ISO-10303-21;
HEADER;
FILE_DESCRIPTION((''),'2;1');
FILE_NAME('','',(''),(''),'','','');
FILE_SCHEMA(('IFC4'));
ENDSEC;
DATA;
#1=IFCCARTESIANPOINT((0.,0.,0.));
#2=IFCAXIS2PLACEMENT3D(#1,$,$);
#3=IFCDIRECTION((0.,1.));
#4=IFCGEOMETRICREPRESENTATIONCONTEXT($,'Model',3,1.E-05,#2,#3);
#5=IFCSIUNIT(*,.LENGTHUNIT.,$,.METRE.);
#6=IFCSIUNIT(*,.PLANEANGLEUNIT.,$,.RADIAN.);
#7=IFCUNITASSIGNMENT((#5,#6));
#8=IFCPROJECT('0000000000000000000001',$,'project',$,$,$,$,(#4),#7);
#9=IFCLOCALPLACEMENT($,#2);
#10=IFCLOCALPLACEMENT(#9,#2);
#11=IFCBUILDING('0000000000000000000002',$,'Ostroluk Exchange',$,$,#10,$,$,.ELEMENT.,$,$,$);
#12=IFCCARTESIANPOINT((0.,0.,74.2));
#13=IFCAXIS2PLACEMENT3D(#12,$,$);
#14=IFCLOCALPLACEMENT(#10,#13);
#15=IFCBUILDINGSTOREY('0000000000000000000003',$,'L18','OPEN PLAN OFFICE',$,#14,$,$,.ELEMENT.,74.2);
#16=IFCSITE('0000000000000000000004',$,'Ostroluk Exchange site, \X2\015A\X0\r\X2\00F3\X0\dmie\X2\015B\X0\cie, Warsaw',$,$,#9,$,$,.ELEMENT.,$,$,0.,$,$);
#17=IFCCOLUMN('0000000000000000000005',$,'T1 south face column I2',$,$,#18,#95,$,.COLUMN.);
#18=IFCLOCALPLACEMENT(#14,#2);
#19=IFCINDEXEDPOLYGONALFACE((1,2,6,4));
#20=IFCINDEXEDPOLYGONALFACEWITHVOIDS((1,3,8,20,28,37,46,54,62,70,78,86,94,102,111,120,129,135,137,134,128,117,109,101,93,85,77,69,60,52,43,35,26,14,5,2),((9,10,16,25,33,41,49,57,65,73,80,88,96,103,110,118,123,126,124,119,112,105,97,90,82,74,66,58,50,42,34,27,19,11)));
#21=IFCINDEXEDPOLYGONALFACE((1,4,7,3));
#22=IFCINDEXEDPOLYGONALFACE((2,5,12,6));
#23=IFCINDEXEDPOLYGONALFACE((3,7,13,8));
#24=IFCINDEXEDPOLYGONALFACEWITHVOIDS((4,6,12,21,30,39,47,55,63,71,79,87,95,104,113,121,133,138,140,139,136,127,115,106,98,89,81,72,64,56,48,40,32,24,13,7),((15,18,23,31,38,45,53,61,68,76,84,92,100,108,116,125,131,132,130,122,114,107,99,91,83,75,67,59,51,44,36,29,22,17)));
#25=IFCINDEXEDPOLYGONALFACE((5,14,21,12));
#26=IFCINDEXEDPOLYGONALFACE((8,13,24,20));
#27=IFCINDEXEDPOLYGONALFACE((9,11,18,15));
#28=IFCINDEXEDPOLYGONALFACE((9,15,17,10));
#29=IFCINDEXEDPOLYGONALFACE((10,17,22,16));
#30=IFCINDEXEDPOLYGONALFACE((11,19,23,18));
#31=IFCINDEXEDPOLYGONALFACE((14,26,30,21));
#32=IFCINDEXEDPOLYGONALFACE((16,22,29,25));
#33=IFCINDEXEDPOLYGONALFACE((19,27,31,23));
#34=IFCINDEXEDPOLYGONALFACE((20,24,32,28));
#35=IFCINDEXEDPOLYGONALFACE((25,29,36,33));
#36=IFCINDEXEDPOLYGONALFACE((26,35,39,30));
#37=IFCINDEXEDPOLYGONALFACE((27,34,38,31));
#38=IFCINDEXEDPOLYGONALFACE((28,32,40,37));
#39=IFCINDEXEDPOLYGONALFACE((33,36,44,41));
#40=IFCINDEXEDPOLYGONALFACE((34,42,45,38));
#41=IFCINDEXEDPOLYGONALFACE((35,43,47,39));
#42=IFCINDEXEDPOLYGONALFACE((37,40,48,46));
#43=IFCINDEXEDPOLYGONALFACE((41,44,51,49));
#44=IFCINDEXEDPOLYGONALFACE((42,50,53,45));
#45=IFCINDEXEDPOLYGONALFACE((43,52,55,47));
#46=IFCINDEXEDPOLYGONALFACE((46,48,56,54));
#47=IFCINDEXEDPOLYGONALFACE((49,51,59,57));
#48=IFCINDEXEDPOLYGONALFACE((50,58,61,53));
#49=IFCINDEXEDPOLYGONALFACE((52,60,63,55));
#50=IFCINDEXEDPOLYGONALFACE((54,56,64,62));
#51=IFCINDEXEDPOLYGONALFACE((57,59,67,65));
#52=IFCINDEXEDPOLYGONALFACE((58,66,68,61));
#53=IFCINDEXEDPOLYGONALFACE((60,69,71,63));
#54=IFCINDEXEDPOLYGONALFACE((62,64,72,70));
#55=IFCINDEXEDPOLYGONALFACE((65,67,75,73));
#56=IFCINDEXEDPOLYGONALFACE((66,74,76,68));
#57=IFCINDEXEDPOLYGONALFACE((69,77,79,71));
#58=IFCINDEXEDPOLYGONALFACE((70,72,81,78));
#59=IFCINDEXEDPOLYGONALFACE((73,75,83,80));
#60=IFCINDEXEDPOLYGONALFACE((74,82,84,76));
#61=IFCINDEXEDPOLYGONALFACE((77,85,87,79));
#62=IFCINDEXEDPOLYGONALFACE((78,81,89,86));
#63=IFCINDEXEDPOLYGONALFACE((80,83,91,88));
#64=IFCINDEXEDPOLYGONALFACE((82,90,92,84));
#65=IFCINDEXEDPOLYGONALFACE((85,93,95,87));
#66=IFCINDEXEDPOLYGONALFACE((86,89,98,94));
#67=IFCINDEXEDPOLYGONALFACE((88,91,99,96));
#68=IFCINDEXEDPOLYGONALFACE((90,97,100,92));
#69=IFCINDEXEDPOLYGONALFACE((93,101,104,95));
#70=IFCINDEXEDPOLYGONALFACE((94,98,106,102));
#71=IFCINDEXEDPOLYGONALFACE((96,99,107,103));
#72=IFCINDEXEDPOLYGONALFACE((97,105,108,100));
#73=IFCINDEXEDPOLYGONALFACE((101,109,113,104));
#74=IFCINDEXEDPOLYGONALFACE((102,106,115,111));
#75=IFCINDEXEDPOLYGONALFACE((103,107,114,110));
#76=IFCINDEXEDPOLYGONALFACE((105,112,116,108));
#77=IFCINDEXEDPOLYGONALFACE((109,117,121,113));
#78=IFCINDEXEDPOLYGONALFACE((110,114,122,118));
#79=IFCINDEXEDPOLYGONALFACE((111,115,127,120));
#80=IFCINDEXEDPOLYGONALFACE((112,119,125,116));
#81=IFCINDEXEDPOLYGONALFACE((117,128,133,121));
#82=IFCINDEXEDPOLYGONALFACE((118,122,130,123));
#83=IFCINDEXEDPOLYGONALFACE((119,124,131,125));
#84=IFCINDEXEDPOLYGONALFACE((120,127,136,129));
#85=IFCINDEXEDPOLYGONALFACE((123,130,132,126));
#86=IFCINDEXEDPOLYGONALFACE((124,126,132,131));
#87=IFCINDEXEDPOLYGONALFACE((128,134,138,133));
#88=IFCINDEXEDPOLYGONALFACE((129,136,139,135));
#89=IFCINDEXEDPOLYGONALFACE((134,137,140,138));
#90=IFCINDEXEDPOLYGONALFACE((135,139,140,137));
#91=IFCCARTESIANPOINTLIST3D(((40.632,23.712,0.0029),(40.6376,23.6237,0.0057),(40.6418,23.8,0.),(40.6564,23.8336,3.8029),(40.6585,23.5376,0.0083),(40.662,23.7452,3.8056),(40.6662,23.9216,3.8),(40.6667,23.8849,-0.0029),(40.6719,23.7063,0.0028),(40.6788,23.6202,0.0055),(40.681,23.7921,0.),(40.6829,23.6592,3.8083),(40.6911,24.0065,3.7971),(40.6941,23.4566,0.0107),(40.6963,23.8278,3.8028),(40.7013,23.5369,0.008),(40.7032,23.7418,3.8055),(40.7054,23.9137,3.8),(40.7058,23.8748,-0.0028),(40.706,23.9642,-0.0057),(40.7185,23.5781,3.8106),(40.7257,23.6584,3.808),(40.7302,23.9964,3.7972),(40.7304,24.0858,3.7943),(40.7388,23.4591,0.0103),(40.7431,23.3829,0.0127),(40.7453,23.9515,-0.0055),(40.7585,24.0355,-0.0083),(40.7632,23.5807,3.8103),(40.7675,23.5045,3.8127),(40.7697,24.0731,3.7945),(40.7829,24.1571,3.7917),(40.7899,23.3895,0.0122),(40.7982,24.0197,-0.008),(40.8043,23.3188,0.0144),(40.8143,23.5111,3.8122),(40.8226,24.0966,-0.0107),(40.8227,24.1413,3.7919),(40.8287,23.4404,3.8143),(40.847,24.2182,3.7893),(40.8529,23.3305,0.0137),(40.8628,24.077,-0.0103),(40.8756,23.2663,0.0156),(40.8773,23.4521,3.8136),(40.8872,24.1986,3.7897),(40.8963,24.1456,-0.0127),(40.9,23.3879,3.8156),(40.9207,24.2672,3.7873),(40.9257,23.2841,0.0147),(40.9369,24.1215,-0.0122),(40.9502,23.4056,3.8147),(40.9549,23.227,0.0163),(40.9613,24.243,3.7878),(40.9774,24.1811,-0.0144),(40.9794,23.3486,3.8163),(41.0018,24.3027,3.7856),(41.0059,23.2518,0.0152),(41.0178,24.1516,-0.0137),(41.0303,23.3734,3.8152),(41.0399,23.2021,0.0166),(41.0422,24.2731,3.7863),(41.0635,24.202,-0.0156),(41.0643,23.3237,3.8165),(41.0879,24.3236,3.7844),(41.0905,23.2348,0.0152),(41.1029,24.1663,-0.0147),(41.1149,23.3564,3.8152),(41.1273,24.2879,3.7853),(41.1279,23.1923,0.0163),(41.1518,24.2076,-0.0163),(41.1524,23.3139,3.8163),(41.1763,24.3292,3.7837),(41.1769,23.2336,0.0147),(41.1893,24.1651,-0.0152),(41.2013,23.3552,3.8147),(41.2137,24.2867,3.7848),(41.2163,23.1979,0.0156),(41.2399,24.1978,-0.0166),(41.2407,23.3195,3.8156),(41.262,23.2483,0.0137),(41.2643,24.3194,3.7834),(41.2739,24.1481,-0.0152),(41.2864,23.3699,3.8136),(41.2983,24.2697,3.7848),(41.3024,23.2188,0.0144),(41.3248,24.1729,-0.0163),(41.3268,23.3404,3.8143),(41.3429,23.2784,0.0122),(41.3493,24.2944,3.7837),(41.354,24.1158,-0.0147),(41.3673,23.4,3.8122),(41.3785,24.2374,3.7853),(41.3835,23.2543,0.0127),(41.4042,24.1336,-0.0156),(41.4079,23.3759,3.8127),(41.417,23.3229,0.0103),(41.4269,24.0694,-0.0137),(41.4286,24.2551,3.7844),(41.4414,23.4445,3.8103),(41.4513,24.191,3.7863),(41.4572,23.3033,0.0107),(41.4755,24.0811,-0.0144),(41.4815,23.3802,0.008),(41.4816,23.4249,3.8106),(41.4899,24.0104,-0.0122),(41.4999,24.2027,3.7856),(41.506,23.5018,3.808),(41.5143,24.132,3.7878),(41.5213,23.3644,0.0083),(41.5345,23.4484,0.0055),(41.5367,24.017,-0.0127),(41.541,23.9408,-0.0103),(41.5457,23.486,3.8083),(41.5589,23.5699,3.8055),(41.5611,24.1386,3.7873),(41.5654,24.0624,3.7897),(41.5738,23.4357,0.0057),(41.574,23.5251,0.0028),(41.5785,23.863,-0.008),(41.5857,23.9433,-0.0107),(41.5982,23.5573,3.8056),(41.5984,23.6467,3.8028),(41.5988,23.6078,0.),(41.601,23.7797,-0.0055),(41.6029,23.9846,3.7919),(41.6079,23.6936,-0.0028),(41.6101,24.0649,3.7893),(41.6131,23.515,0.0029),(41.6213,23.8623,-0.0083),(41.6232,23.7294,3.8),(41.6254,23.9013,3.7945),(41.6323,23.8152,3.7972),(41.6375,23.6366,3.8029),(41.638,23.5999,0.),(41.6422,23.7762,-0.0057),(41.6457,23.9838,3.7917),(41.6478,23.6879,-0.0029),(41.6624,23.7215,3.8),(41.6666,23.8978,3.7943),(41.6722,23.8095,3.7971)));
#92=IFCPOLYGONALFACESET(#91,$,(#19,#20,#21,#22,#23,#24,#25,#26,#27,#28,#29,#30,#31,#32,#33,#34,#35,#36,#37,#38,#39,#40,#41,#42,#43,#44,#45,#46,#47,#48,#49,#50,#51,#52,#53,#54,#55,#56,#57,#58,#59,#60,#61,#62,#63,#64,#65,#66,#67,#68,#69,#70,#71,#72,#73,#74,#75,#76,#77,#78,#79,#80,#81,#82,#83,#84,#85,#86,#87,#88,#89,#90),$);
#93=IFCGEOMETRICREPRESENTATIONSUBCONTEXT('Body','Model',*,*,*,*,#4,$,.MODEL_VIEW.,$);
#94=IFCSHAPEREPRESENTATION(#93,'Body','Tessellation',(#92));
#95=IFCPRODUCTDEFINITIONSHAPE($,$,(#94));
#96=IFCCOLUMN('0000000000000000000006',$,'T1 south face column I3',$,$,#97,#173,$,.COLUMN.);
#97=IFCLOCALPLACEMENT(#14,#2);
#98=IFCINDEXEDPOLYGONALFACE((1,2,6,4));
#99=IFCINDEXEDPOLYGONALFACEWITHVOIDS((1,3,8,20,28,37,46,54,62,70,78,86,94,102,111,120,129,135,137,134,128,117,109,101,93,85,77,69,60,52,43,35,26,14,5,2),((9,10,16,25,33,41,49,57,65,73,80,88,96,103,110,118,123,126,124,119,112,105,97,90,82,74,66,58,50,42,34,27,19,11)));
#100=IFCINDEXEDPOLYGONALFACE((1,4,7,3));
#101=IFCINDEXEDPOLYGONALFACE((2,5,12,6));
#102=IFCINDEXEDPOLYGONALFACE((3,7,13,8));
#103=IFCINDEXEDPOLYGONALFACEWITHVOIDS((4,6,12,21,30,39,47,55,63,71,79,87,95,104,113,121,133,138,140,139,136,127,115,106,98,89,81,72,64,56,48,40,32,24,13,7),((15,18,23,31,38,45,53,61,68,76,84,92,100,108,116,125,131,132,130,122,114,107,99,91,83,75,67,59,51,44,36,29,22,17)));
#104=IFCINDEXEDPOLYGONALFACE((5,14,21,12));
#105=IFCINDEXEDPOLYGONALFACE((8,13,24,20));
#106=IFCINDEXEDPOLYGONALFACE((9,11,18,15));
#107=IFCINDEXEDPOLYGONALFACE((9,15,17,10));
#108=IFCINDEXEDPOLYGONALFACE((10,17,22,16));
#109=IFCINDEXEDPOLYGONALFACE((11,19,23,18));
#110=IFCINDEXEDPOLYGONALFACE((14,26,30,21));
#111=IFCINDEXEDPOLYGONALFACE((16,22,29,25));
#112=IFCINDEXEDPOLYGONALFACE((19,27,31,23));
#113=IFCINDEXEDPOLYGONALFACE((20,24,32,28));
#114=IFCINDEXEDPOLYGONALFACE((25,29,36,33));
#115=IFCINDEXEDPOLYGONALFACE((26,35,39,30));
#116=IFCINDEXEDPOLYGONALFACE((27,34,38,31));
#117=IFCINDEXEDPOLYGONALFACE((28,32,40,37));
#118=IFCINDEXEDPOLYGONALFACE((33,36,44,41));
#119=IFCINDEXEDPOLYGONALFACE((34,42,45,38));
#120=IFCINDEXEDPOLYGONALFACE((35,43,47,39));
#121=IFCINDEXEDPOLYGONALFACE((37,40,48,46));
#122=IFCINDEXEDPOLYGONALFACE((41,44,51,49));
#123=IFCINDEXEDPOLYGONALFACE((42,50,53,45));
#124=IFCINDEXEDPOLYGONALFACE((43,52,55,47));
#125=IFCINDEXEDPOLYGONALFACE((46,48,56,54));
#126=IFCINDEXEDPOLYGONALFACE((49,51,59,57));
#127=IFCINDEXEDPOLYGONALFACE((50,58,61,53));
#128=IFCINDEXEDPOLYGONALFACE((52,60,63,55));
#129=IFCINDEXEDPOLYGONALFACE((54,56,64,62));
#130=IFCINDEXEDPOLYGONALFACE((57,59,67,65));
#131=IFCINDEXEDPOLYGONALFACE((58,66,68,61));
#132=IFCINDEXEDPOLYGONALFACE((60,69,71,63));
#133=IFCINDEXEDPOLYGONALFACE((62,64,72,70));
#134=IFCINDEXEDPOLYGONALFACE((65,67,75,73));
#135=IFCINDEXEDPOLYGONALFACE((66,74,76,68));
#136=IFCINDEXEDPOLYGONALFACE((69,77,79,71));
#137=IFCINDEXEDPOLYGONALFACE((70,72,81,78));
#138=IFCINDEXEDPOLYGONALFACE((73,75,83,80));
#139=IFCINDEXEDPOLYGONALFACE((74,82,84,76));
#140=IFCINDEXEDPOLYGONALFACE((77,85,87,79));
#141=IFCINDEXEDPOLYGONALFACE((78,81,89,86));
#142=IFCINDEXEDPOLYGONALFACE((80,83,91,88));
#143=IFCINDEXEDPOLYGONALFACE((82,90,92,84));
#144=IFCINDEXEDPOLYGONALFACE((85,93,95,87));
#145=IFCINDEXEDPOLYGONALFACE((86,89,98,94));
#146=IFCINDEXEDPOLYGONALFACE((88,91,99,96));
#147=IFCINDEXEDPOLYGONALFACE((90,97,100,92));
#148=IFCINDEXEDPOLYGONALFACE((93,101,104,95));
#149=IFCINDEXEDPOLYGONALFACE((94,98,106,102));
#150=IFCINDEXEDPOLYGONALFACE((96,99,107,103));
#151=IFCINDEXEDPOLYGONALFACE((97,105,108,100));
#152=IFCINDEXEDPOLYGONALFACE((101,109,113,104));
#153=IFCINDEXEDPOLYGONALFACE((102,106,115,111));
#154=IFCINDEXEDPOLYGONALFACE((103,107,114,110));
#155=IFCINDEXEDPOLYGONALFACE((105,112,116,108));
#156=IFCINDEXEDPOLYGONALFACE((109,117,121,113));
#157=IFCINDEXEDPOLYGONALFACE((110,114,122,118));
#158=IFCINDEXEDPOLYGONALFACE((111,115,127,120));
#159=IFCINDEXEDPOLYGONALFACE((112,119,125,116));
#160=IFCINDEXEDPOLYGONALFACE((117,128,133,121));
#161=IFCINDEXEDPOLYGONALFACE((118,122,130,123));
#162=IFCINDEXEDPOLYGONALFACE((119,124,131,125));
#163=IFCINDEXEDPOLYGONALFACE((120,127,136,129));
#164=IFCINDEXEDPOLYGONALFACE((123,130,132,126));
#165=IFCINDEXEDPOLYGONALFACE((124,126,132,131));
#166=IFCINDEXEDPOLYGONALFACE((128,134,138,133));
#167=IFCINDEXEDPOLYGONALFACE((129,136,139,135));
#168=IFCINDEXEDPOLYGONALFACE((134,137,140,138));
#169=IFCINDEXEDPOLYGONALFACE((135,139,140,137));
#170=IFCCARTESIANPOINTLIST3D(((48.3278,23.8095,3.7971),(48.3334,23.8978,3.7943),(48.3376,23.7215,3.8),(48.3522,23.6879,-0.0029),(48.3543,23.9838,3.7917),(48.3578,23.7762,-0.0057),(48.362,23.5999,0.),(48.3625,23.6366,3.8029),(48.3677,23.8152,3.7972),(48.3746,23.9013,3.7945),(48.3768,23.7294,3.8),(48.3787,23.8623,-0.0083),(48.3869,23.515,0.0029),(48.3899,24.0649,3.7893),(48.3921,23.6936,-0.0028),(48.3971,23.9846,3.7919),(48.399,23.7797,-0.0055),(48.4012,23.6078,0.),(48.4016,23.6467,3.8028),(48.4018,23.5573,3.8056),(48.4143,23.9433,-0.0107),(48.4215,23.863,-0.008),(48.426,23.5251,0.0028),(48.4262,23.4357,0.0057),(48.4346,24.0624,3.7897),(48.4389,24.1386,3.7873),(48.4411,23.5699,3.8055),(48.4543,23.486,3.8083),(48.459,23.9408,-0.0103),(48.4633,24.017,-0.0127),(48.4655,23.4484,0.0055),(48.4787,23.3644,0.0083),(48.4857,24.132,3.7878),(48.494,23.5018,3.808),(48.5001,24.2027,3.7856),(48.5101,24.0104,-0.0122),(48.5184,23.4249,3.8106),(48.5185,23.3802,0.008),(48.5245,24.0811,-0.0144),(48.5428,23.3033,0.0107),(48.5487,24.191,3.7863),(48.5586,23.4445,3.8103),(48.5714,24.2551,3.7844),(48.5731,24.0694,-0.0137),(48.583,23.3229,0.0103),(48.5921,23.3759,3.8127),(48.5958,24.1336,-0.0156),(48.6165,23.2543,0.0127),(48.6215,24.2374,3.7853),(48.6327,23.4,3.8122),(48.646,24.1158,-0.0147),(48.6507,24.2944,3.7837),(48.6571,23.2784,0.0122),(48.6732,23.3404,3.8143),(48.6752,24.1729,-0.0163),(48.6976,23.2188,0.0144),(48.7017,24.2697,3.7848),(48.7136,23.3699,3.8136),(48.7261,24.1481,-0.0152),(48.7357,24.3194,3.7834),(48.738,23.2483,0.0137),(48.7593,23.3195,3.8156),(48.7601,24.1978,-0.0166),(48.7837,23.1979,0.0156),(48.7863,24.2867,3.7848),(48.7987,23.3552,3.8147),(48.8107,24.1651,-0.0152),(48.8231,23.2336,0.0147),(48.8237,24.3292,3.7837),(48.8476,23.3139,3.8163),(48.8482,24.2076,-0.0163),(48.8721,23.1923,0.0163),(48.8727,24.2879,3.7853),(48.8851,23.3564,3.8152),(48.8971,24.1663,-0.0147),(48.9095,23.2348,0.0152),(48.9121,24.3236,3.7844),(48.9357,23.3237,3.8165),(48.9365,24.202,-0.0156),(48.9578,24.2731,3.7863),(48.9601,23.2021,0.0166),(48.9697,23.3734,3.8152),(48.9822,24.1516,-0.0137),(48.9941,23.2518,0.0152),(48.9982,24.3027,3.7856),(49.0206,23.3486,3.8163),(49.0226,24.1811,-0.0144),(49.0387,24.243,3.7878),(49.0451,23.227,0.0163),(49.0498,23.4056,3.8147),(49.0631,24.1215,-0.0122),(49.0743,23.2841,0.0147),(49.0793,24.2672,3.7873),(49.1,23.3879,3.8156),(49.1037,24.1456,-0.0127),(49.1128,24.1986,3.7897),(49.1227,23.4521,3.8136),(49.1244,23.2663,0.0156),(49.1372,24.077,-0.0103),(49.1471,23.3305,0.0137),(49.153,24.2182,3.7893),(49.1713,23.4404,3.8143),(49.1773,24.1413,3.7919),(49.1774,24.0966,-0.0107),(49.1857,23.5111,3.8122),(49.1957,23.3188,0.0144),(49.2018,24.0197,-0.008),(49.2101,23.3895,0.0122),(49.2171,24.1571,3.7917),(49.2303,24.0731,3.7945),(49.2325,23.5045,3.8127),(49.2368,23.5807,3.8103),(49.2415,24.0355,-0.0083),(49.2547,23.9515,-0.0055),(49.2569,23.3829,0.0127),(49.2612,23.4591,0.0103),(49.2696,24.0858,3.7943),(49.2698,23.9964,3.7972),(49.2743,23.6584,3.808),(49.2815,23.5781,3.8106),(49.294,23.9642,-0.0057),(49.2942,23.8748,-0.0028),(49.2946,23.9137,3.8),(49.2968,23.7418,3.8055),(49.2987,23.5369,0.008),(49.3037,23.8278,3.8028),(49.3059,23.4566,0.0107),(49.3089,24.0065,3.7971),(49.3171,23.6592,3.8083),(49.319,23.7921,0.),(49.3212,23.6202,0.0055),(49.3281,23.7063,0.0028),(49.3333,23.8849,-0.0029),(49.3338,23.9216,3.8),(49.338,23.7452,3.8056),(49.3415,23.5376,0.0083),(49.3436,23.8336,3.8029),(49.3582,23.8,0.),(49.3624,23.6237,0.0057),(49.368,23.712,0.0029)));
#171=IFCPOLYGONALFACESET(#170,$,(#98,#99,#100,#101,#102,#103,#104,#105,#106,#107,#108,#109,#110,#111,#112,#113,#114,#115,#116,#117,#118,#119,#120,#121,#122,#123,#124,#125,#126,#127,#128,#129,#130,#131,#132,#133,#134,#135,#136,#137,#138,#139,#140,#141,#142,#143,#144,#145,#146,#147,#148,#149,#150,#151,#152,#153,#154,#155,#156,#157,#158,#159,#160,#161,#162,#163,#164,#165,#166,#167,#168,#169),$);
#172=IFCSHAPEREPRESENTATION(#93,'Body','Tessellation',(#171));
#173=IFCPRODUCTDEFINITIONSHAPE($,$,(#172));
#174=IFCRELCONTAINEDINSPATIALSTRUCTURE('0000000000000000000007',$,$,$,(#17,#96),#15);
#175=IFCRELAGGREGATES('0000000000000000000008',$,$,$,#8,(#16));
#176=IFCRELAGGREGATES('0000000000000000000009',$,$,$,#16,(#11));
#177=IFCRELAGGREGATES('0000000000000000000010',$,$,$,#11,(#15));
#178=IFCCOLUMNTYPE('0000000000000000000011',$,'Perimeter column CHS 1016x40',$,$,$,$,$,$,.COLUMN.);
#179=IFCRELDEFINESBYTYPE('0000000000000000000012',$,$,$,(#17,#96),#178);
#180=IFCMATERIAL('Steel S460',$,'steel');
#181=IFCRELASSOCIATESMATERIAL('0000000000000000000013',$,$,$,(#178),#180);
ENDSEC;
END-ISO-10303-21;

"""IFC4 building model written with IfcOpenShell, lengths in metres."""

from ifc_helpers import new_model, si_unit, direction, frame, origin, origin_2d, place, context, subcontext, project, spatial, hollow_circle, extrude, material, material_profile, profile_set, type_object, element, save


model = new_model("IFC4")

# Units and contexts
model_context = context("Model", 3, precision=1e-05, world=origin(), true_north=direction((0.0, 1.0)))
body_context = subcontext(model_context, "Body", "Model", "MODEL_VIEW")
ifc_project = project(units=[si_unit("LENGTHUNIT", "METRE"), si_unit("PLANEANGLEUNIT", "RADIAN")], contexts=[model_context])

# Site, building, storey
site_placement = place(None, origin())
site = spatial("IfcSite", under=ifc_project, at=site_placement, Name="Ostroluk Exchange site, Śródmieście, Warsaw", CompositionType="ELEMENT", RefElevation=0.0)
building_placement = place(site_placement, origin())
building = spatial("IfcBuilding", under=site, at=building_placement, Name="Ostroluk Exchange", CompositionType="ELEMENT")
storey_placement = place(building_placement, frame((0.0, 0.0, 74.2)))
storey = spatial("IfcBuildingStorey", under=building, at=storey_placement, Name="L18", Description="OPEN PLAN OFFICE", CompositionType="ELEMENT", Elevation=74.2)

# Columns
ifc_material_1 = material(Name="Steel S460", Category="steel")
ifc_material_profile_1 = material_profile(ifc_material_1, hollow_circle(Radius=0.5081, WallThickness=0.04, at=origin_2d()), Name="CHS 1016x40")
ifc_profile_set_1 = profile_set([ifc_material_profile_1], Name="Steel S460")
column_type = type_object("IfcColumnType", Name="Perimeter column CHS 1016x40", PredefinedType="COLUMN", material=ifc_profile_set_1)
for number, where, z_axis, x_axis, name in (
    (1, (41.1399, 23.7, 0.0), (0.006421, 0.031978, 0.999468), (-0.980429, 0.196873, 0.0), "T1 south face column I2"),
    (2, (48.8601, 23.7, 0.0), (-0.006421, 0.031978, 0.999468), (-0.980429, -0.196873, 0.0), "T1 south face column I3"),
):
    element("IfcColumn", number, at=place(storey_placement, frame(where, z_axis=z_axis, x_axis=x_axis)), inside=storey, type_object=column_type, Name=name, PredefinedType="COLUMN", context=body_context, shape_type="SweptSolid", body=[
        extrude(hollow_circle(Radius=0.5081, WallThickness=0.04, at=origin_2d()), origin(), (0.0, 0.0, 1.0), 3.802),
    ])

save(model, "model.ifc")
